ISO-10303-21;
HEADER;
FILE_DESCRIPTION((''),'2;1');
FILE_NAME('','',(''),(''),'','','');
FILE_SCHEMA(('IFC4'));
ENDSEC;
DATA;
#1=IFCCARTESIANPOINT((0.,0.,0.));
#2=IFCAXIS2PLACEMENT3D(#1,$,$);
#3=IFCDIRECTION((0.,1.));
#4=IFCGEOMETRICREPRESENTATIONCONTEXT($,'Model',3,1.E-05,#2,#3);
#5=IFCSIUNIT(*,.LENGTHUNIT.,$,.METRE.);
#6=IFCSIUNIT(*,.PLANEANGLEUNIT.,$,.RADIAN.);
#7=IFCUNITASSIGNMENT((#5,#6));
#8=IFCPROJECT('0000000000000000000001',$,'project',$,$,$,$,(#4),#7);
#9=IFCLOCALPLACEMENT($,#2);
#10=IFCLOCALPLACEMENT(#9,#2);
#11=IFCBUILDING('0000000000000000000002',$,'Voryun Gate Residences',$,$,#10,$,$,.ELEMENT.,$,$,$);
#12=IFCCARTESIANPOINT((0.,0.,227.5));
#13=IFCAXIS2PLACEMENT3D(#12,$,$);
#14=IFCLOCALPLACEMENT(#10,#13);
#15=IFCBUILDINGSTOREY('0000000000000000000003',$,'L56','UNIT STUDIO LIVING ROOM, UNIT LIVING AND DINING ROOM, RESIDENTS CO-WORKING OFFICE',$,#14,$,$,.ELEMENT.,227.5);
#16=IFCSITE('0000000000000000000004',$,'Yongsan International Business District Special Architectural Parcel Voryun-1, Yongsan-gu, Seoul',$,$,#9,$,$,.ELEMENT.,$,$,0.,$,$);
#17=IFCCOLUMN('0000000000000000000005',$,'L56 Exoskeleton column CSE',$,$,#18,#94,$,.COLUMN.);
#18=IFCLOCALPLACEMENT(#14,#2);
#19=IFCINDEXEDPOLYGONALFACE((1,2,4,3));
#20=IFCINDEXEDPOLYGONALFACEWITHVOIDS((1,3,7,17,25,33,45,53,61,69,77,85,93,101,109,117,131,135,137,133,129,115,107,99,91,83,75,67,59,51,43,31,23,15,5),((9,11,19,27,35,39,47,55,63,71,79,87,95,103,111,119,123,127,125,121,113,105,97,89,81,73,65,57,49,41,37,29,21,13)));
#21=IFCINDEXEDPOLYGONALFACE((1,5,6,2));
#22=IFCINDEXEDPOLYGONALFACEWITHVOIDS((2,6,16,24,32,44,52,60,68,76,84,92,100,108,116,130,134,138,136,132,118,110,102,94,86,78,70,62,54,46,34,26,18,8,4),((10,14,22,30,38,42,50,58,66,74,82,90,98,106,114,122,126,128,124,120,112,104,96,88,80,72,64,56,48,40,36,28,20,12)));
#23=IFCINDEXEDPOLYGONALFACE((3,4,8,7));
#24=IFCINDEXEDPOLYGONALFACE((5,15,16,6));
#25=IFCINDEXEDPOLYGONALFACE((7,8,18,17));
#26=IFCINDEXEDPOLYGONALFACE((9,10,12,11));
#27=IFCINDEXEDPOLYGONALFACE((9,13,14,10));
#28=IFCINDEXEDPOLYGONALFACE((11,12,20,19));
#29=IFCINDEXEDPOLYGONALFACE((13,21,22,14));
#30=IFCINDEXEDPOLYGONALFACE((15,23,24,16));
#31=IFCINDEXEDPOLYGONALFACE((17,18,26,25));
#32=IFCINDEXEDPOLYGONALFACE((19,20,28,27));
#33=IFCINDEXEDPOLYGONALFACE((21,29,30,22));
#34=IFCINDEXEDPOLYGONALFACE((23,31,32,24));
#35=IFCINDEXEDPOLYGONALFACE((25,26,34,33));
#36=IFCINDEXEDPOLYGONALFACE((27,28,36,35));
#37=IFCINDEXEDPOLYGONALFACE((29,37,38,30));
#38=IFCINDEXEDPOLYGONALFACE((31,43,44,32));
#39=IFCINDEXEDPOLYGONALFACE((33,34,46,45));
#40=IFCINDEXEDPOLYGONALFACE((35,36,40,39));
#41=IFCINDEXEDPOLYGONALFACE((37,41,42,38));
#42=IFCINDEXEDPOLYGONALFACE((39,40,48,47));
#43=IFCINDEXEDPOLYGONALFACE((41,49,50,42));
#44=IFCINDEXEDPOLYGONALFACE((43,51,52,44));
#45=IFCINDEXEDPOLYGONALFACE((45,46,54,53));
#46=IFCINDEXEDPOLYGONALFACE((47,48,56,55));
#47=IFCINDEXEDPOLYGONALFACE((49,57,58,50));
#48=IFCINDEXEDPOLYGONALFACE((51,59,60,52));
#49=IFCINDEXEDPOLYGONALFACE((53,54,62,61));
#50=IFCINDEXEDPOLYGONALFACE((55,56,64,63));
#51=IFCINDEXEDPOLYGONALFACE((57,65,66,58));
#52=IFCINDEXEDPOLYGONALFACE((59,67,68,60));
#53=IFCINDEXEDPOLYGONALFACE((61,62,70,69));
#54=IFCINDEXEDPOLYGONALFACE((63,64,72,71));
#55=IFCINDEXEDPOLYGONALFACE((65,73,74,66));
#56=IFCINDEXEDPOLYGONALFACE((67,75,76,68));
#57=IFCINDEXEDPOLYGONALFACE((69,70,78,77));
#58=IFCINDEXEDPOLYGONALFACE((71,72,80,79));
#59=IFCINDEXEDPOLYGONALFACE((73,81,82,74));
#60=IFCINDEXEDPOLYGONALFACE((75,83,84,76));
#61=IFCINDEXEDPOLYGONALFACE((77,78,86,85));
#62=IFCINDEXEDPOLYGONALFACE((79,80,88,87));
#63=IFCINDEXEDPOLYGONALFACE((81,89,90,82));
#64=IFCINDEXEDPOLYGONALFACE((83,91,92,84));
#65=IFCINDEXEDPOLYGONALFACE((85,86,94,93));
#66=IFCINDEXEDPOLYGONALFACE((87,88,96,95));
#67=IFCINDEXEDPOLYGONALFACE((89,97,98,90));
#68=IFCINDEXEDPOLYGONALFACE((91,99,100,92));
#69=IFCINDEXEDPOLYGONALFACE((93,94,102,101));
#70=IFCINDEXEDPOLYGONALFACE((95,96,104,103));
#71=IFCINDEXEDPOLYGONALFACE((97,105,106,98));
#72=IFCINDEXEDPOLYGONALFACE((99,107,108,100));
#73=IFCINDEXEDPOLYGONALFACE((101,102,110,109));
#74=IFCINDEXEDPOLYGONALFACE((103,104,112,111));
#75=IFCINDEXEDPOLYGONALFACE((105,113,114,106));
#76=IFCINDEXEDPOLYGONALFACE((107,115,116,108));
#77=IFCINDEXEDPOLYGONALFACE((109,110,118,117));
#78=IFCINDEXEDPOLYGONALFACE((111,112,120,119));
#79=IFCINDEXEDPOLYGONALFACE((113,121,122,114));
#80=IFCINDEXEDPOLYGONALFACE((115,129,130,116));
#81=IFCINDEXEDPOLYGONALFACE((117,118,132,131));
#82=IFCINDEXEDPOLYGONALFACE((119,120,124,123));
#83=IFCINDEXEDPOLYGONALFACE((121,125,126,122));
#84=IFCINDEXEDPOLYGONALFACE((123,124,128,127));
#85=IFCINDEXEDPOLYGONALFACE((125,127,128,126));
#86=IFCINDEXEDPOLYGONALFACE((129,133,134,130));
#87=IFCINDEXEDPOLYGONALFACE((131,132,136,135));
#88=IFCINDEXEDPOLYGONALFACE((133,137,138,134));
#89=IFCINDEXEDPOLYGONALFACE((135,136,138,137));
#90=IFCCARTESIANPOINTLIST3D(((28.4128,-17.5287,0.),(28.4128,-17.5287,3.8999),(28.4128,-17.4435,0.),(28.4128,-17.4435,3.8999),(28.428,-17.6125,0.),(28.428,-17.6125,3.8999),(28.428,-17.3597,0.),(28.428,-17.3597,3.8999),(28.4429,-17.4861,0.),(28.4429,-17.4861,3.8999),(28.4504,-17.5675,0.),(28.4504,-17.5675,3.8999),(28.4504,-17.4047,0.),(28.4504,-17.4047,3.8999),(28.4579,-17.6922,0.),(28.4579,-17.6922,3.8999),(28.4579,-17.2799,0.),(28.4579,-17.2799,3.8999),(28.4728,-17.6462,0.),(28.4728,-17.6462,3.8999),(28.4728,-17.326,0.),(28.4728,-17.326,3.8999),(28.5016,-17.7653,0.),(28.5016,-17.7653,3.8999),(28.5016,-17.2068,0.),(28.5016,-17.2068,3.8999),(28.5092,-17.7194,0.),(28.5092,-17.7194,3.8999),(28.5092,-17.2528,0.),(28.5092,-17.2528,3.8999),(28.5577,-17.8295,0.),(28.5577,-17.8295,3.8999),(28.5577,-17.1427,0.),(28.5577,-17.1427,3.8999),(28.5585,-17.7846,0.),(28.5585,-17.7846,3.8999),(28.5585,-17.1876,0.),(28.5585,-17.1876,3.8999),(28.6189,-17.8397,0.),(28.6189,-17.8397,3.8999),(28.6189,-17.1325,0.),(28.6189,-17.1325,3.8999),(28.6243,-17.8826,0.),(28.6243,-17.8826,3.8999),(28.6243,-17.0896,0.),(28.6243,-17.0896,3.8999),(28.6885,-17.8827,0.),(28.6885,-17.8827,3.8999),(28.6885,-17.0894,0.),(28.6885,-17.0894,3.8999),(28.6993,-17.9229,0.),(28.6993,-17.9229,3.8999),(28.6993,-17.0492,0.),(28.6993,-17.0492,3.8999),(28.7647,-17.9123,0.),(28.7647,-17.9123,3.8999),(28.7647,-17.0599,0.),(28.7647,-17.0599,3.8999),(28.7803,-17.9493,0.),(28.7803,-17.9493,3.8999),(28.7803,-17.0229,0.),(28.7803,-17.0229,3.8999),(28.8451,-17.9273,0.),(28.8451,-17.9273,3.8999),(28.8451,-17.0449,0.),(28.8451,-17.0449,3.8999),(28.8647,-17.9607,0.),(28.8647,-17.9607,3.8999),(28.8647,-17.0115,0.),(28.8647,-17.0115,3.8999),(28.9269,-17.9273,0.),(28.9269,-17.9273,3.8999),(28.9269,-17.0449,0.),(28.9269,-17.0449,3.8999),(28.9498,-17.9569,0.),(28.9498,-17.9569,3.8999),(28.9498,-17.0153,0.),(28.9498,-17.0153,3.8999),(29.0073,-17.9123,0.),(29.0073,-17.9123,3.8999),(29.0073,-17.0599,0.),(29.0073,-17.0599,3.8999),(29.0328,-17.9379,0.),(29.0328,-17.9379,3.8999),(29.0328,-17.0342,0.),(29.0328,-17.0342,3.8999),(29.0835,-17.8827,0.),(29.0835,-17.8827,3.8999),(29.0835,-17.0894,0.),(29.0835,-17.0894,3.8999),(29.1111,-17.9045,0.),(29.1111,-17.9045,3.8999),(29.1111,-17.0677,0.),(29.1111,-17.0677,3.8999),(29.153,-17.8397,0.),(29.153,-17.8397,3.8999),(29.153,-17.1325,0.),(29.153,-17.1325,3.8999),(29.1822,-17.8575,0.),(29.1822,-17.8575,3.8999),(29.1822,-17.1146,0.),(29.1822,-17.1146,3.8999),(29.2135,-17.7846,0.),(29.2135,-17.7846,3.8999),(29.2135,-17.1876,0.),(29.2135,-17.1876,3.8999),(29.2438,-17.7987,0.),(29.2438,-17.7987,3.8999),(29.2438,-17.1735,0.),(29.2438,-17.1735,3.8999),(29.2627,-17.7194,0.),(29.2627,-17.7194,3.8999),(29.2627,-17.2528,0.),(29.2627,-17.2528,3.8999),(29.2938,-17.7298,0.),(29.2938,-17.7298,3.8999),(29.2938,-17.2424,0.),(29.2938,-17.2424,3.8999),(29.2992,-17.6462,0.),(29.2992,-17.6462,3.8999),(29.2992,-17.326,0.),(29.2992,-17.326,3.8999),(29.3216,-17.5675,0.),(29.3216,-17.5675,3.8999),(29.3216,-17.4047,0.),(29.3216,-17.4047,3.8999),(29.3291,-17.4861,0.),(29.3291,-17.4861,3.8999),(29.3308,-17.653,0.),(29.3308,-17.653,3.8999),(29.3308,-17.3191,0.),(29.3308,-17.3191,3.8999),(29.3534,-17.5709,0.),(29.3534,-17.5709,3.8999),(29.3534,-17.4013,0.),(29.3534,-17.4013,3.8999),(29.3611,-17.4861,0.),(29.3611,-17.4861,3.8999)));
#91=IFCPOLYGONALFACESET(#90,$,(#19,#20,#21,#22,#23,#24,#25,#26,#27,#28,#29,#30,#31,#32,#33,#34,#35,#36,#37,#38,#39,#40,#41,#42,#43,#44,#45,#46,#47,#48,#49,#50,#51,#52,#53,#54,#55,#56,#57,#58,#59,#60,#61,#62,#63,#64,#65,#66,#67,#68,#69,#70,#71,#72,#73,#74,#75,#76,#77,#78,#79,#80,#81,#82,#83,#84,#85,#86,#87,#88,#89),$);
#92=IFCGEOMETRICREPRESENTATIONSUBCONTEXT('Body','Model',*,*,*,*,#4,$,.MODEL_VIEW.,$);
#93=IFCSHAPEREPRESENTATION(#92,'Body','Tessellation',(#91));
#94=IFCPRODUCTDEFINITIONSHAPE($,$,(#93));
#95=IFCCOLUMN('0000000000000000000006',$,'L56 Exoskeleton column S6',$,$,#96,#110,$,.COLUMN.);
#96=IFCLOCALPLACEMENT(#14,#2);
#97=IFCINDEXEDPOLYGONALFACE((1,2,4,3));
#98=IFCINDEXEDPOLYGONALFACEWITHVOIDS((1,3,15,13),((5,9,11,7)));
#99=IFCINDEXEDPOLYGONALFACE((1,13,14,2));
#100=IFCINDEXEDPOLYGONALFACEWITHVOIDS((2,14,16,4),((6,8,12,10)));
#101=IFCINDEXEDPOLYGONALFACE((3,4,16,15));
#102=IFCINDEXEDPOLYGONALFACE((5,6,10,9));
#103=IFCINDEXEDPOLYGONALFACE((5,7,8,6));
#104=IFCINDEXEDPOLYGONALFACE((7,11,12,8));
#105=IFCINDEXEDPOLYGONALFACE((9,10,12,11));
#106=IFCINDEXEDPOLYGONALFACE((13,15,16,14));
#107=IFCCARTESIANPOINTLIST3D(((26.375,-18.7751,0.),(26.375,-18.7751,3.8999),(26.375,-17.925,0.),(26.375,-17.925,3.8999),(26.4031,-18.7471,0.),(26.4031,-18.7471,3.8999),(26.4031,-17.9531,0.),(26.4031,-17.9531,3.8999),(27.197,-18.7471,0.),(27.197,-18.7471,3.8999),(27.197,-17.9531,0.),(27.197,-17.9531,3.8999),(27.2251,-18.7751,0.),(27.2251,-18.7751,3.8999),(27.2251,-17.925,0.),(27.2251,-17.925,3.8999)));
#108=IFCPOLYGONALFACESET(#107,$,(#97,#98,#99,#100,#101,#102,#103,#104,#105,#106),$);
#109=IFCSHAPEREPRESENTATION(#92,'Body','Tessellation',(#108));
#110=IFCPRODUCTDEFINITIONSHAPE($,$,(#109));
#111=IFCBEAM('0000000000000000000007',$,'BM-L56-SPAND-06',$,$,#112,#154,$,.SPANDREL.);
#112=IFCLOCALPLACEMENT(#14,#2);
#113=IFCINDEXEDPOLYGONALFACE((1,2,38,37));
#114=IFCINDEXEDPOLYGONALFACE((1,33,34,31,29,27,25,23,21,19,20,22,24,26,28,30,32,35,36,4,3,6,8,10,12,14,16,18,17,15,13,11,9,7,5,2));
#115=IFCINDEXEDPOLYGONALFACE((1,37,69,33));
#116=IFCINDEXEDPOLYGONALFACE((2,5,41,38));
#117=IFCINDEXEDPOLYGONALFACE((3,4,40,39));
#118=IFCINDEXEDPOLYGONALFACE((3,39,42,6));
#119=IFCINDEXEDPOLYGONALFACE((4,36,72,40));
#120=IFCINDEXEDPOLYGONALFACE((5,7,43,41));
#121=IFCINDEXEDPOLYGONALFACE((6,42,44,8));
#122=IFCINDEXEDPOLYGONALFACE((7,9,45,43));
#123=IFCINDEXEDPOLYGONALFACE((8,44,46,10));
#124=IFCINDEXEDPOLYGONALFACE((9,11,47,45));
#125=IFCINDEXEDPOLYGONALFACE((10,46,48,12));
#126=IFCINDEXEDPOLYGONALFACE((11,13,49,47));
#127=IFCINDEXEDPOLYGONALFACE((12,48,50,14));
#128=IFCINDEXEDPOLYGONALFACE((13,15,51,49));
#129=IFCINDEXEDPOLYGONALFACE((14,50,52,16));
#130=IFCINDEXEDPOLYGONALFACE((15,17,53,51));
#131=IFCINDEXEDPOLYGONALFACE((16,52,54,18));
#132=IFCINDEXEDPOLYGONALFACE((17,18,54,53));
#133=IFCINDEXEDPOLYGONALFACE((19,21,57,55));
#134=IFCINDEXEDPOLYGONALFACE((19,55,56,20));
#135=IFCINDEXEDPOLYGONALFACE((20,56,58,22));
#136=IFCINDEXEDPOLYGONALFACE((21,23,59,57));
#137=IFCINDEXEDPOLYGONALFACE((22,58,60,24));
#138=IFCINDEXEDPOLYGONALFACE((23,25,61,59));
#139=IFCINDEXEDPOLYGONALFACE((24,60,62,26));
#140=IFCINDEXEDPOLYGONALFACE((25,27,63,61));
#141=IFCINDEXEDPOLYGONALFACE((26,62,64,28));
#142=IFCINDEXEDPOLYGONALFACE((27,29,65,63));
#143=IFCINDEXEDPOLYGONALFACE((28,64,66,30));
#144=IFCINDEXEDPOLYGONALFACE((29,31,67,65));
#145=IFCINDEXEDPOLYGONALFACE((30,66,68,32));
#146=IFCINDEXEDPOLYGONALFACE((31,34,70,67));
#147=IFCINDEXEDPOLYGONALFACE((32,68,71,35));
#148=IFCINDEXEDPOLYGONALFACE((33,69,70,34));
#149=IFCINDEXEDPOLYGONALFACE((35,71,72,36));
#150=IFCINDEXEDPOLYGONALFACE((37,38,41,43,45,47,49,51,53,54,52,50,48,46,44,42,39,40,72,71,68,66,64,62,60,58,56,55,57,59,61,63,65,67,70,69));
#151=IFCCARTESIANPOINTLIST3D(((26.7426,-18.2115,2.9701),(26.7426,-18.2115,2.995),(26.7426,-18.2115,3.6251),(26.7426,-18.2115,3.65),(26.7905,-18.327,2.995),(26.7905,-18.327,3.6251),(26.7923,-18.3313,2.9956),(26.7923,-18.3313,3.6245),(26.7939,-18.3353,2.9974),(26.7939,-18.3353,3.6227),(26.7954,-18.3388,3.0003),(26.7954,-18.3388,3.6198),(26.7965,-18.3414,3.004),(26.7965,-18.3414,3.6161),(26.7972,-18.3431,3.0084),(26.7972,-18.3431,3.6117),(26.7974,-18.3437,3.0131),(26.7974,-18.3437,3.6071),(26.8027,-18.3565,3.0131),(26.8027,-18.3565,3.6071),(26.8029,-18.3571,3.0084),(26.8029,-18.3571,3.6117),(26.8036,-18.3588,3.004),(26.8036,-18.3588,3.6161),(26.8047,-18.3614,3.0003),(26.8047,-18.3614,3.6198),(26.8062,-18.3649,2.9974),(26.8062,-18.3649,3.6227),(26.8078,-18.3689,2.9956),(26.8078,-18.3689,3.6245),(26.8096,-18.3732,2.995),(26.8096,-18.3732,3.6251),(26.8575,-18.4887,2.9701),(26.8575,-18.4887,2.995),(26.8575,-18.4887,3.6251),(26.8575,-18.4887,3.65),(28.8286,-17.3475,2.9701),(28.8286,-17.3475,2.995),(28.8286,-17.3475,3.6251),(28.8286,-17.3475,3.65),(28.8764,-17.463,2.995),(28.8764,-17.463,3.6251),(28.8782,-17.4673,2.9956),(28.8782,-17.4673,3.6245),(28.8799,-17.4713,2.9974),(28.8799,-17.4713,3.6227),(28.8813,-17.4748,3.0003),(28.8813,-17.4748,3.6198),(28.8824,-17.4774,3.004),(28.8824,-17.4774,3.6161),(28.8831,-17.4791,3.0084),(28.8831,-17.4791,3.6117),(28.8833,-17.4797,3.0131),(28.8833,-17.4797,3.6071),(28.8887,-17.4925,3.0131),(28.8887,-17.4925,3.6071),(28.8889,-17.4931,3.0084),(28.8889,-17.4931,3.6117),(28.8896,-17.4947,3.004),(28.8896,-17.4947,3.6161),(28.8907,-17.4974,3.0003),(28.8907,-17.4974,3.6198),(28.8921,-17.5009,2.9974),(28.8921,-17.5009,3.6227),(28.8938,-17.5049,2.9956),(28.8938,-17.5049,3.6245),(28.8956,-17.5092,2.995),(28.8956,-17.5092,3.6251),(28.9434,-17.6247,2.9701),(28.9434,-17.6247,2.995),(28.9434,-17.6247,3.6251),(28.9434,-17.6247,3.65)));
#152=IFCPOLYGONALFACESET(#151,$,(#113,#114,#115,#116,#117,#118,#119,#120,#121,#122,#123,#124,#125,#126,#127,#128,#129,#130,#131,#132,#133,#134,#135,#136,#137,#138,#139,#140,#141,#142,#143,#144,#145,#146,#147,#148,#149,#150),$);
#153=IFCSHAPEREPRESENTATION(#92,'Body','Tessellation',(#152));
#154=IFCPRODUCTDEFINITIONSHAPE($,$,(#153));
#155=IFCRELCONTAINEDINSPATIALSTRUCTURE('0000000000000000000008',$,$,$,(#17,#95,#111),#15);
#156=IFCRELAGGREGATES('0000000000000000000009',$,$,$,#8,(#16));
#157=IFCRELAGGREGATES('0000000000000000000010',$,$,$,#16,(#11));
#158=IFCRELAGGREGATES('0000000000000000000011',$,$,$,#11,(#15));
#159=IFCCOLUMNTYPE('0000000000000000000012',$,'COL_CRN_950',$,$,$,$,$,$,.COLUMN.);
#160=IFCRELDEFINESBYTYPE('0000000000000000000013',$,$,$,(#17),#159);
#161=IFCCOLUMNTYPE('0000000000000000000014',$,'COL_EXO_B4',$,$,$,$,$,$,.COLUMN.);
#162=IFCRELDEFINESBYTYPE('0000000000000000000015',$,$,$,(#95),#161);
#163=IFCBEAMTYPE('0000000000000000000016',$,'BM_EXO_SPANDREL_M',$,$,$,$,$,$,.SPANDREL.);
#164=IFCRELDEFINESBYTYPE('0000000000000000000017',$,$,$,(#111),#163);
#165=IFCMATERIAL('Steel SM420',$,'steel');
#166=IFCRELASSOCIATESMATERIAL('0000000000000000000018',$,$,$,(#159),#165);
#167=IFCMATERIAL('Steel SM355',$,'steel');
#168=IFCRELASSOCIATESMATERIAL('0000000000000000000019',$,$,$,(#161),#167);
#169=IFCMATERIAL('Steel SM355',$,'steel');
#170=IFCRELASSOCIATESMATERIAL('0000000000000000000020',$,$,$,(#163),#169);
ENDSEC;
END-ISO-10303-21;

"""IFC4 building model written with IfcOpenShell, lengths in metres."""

from ifc_helpers import new_model, si_unit, direction, frame, origin, origin_2d, place, context, subcontext, project, spatial, hollow_rectangle, hollow_circle, i_section, extrude, material, material_profile, profile_set, type_object, element, save


model = new_model("IFC4")

# Units and contexts
model_context = context("Model", 3, precision=1e-05, world=origin(), true_north=direction((0.0, 1.0)))
body_context = subcontext(model_context, "Body", "Model", "MODEL_VIEW")
ifc_project = project(units=[si_unit("LENGTHUNIT", "METRE"), si_unit("PLANEANGLEUNIT", "RADIAN")], contexts=[model_context])

# Site, building, storey
site_placement = place(None, origin())
site = spatial("IfcSite", under=ifc_project, at=site_placement, Name="Yongsan International Business District Special Architectural Parcel Voryun-1, Yongsan-gu, Seoul", CompositionType="ELEMENT", RefElevation=0.0)
building_placement = place(site_placement, origin())
building = spatial("IfcBuilding", under=site, at=building_placement, Name="Voryun Gate Residences", CompositionType="ELEMENT")
storey_placement = place(building_placement, frame((0.0, 0.0, 227.5)))
storey = spatial("IfcBuildingStorey", under=building, at=storey_placement, Name="L56", Description="UNIT STUDIO LIVING ROOM, UNIT LIVING AND DINING ROOM, RESIDENTS CO-WORKING OFFICE", CompositionType="ELEMENT", Elevation=227.5)

# Columns
ifc_material_1 = material(Name="Steel SM420", Category="steel")
ifc_material_profile_1 = material_profile(ifc_material_1, hollow_circle(Radius=0.4751, WallThickness=0.032, at=origin_2d()), Name="CHS-950x32")
ifc_profile_set_1 = profile_set([ifc_material_profile_1], Name="Steel SM420")
column_type_1 = type_object("IfcColumnType", Name="COL_CRN_950", PredefinedType="COLUMN", material=ifc_profile_set_1)
column_1_placement = place(storey_placement, frame((28.886, -17.4861, 0.0), z_axis=(0.0, 0.0, 1.0), x_axis=(1.0, 0.0, 0.0)))
element("IfcColumn", 1, at=column_1_placement, inside=storey, type_object=column_type_1, Name="L56 Exoskeleton column CSE", PredefinedType="COLUMN", context=body_context, shape_type="SweptSolid", body=[
    extrude(hollow_circle(Radius=0.4751, WallThickness=0.032, at=origin_2d()), origin(), (0.0, 0.0, 1.0), 3.8999),
])
ifc_material_2 = material(Name="Steel SM355", Category="steel")
ifc_material_profile_2 = material_profile(ifc_material_2, hollow_rectangle(XDim=0.8501, YDim=0.8501, WallThickness=0.0281, at=origin_2d()), Name="BOX-850x850x28")
ifc_profile_set_2 = profile_set([ifc_material_profile_2], Name="Steel SM355")
column_type_2 = type_object("IfcColumnType", Name="COL_EXO_B4", PredefinedType="COLUMN", material=ifc_profile_set_2)
column_2_placement = place(storey_placement, frame((26.8, -18.3501, 0.0), z_axis=(0.0, 0.0, 1.0), x_axis=(1.0, 0.0, 0.0)))
element("IfcColumn", 2, at=column_2_placement, inside=storey, type_object=column_type_2, Name="L56 Exoskeleton column S6", PredefinedType="COLUMN", context=body_context, shape_type="SweptSolid", body=[
    extrude(hollow_rectangle(XDim=0.8501, YDim=0.8501, WallThickness=0.0281, at=origin_2d()), origin(), (0.0, 0.0, 1.0), 3.8999),
])

# Beam
ifc_material_3 = material(Name="Steel SM355", Category="steel")
ifc_material_profile_3 = material_profile(ifc_material_3, i_section(OverallWidth=0.3, OverallDepth=0.6799, WebThickness=0.0139, FlangeThickness=0.0249, FilletRadius=0.0181, at=origin_2d()), Name="H-680x300x14x25")
ifc_profile_set_3 = profile_set([ifc_material_profile_3], Name="Steel SM355")
beam_type = type_object("IfcBeamType", Name="BM_EXO_SPANDREL_M", PredefinedType="SPANDREL", material=ifc_profile_set_3)
beam_1_placement = place(storey_placement, frame((26.8, -18.3501, 3.3101), z_axis=(0.923881, 0.38268, 0.0), x_axis=(-0.38268, 0.923881, 0.0)))
element("IfcBeam", 3, at=beam_1_placement, inside=storey, type_object=beam_type, Name="BM-L56-SPAND-06", PredefinedType="SPANDREL", context=body_context, shape_type="SweptSolid", body=[
    extrude(i_section(OverallWidth=0.3, OverallDepth=0.6799, WebThickness=0.0139, FlangeThickness=0.0249, FilletRadius=0.0181, at=origin_2d()), origin(), (0.0, 0.0, 1.0), 2.2578),
])

save(model, "model.ifc")
